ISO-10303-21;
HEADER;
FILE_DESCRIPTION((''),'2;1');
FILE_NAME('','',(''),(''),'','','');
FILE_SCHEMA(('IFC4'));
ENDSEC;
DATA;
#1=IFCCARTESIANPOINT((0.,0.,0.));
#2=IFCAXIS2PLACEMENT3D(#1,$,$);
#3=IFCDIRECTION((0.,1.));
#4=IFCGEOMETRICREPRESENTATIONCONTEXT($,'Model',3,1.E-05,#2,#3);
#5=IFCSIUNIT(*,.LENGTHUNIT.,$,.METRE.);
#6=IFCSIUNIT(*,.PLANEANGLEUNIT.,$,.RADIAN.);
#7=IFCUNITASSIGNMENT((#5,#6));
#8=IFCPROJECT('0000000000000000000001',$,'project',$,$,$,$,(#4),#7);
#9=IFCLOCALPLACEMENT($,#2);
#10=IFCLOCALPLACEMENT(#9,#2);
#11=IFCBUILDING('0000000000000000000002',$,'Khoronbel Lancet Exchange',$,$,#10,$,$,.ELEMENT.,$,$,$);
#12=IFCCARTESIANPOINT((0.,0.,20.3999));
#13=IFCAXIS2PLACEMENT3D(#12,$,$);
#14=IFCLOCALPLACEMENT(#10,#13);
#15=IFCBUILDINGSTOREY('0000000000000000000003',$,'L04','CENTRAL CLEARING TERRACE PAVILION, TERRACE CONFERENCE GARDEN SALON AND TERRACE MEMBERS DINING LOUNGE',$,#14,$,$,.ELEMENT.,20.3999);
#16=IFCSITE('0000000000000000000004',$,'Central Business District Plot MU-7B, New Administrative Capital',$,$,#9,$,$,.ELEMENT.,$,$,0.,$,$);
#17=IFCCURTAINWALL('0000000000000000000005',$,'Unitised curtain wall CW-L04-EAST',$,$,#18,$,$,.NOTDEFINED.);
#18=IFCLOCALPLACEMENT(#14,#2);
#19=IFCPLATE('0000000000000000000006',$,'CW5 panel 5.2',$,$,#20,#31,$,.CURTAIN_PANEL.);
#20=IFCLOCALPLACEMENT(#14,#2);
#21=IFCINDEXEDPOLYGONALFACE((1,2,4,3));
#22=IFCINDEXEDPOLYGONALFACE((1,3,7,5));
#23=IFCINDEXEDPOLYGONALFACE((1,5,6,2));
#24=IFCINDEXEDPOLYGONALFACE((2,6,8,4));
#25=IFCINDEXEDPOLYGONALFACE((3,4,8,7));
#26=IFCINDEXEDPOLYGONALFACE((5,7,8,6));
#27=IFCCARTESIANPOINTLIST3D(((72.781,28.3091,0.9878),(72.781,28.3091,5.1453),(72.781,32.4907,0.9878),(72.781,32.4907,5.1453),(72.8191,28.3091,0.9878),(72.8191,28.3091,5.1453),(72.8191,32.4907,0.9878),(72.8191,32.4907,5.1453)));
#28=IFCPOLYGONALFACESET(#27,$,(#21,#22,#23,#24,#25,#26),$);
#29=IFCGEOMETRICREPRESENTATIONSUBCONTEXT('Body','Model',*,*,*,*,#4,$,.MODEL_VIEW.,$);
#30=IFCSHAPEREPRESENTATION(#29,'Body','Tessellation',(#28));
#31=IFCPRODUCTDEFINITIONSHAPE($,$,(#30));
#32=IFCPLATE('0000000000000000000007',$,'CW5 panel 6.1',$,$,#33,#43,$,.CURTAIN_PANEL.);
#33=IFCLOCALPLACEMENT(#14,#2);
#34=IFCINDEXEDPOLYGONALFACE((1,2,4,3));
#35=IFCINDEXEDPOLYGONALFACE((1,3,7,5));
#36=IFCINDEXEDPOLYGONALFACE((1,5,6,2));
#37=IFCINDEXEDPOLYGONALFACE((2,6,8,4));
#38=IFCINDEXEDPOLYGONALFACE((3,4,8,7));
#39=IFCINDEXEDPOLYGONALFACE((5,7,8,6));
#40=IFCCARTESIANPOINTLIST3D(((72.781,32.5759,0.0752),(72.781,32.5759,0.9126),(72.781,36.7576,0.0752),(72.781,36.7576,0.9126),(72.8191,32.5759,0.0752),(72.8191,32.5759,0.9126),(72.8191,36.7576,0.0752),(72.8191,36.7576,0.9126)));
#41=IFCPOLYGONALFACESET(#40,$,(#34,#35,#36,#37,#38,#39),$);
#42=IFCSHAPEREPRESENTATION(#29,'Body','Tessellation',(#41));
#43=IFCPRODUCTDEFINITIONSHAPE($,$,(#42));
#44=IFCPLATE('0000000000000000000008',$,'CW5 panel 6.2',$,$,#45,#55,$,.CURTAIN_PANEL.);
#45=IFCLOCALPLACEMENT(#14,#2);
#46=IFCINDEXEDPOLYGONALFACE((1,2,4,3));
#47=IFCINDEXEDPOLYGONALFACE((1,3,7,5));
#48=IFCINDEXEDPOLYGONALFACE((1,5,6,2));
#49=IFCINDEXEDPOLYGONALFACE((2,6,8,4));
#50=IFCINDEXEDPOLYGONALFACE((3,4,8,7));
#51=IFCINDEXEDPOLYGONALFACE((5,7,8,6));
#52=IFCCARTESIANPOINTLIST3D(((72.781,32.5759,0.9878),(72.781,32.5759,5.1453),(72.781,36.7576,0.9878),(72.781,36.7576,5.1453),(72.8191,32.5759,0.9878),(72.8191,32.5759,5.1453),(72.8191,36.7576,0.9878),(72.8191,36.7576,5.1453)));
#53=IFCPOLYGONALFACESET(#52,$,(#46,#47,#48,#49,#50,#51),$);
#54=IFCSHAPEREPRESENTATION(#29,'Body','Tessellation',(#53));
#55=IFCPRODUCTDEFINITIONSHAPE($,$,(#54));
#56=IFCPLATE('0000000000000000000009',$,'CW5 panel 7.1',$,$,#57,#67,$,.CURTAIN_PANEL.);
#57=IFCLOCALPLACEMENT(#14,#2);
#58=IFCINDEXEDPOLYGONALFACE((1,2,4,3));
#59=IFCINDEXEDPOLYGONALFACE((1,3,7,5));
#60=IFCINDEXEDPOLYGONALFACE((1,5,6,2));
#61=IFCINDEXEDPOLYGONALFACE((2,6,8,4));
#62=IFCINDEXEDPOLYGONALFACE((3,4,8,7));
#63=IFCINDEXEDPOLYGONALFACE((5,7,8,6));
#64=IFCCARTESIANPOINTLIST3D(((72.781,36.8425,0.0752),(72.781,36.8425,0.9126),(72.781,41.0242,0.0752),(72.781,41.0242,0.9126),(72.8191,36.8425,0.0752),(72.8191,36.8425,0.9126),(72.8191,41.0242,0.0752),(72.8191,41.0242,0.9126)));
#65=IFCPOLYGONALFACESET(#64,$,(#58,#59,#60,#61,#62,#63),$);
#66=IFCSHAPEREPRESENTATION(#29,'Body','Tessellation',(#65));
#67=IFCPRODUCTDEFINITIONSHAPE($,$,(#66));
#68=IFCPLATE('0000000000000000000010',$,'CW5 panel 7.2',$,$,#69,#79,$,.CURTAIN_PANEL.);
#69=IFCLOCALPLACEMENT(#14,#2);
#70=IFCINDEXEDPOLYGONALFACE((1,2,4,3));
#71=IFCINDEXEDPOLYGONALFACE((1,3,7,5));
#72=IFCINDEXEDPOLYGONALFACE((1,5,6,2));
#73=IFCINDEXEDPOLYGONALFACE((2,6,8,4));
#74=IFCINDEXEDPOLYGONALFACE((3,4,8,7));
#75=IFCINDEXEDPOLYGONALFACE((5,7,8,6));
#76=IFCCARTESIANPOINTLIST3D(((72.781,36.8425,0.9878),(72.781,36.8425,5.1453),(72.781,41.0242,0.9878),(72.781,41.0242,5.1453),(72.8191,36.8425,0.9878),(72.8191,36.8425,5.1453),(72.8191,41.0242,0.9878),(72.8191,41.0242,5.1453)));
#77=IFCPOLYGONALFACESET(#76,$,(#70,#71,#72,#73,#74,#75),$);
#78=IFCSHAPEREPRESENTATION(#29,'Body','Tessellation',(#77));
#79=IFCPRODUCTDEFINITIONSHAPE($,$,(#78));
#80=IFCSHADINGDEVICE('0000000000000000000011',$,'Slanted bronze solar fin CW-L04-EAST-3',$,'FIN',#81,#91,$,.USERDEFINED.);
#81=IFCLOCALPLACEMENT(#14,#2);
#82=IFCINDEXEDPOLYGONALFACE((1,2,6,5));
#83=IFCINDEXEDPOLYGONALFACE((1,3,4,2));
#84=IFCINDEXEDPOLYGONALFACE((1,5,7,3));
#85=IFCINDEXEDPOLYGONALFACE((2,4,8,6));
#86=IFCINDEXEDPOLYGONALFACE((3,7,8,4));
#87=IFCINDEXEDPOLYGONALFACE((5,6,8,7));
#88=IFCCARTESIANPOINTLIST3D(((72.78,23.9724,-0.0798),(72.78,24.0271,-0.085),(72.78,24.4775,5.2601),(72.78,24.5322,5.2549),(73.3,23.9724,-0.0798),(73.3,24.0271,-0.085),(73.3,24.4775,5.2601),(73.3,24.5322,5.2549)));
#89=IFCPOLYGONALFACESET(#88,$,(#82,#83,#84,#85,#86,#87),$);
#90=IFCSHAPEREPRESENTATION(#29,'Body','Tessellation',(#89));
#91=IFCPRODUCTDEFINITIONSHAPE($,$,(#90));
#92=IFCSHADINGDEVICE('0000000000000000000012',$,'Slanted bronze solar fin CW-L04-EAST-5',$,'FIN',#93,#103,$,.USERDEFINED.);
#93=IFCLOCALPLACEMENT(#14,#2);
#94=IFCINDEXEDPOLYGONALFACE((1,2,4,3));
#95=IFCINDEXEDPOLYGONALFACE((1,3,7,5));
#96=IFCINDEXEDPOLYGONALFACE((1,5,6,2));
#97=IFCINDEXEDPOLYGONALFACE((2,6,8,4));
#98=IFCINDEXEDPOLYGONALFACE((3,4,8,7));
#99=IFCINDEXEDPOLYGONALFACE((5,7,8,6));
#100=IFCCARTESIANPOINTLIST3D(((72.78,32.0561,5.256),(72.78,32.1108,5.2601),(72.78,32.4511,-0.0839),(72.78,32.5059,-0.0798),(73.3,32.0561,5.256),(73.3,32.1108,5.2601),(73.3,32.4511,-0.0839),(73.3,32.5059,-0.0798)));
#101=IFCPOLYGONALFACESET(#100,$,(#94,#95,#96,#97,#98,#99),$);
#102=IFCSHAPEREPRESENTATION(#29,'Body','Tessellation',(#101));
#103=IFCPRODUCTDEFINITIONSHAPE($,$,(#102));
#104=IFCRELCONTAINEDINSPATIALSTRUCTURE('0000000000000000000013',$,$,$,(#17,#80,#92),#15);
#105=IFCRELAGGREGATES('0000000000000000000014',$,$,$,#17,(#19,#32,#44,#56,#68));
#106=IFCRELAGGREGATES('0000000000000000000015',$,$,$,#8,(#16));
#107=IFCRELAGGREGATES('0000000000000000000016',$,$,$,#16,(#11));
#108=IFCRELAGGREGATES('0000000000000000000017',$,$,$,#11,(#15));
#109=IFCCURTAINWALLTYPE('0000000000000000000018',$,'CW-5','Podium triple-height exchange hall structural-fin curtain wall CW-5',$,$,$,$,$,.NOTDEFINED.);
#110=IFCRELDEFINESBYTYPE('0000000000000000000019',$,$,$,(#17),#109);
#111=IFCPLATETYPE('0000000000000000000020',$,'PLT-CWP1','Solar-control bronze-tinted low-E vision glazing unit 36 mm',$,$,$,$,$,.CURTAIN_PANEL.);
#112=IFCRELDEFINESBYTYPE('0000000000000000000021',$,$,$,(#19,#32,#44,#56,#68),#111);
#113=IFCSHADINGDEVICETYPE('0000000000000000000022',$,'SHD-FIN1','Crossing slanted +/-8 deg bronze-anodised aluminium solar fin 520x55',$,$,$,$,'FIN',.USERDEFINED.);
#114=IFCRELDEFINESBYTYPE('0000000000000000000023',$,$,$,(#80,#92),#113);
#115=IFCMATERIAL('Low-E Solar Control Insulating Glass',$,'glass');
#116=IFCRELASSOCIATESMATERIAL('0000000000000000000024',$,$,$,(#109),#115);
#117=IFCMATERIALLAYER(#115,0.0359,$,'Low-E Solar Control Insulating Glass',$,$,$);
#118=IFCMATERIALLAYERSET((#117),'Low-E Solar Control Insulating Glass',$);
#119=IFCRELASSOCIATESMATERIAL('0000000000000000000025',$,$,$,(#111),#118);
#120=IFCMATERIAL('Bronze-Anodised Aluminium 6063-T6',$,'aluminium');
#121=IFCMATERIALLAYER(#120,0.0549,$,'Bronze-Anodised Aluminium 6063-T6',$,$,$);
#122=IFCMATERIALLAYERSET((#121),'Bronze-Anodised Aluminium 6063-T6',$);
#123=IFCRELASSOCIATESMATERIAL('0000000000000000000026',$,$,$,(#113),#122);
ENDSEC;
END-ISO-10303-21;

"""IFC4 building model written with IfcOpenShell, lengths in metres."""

from ifc_helpers import new_model, si_unit, direction, frame, origin, origin_2d, place, context, subcontext, project, spatial, polyline, rectangle, outline, extrude, material, layer, layer_set, type_object, element, aggregate, save


model = new_model("IFC4")

# Units and contexts
model_context = context("Model", 3, precision=1e-05, world=origin(), true_north=direction((0.0, 1.0)))
body_context = subcontext(model_context, "Body", "Model", "MODEL_VIEW")
ifc_project = project(units=[si_unit("LENGTHUNIT", "METRE"), si_unit("PLANEANGLEUNIT", "RADIAN")], contexts=[model_context])

# Site, building, storey
site_placement = place(None, origin())
site = spatial("IfcSite", under=ifc_project, at=site_placement, Name="Central Business District Plot MU-7B, New Administrative Capital", CompositionType="ELEMENT", RefElevation=0.0)
building_placement = place(site_placement, origin())
building = spatial("IfcBuilding", under=site, at=building_placement, Name="Khoronbel Lancet Exchange", CompositionType="ELEMENT")
storey_placement = place(building_placement, frame((0.0, 0.0, 20.3999)))
storey = spatial("IfcBuildingStorey", under=building, at=storey_placement, Name="L04", Description="CENTRAL CLEARING TERRACE PAVILION, TERRACE CONFERENCE GARDEN SALON AND TERRACE MEMBERS DINING LOUNGE", CompositionType="ELEMENT", Elevation=20.3999)

# Curtain wall, plates
ifc_material_1 = material(Name="Low-E Solar Control Insulating Glass", Category="glass")
curtain_wall_type = type_object("IfcCurtainWallType", Name="CW-5", Description="Podium triple-height exchange hall structural-fin curtain wall CW-5", PredefinedType="NOTDEFINED", material=ifc_material_1)
curtain_wall_placement = place(storey_placement, origin())
curtain_wall = element("IfcCurtainWall", 1, at=curtain_wall_placement, inside=storey, type_object=curtain_wall_type, Name="Unitised curtain wall CW-L04-EAST", PredefinedType="NOTDEFINED")
ifc_material_2 = material(Name="Bronze-Anodised Aluminium 6063-T6", Category="aluminium")
ifc_layer_1 = layer(ifc_material_1, 0.0359, Name="Low-E Solar Control Insulating Glass")
ifc_layer_set_1 = layer_set([ifc_layer_1], Name="Low-E Solar Control Insulating Glass")
plate_type_1 = type_object("IfcPlateType", Name="PLT-CWP1", Description="Solar-control bronze-tinted low-E vision glazing unit 36 mm", PredefinedType="CURTAIN_PANEL", material=ifc_layer_set_1)
plate_1_placement = place(storey_placement, frame((72.8, 30.3999, 0.9878), z_axis=(0.0, 0.0, 1.0), x_axis=(0.0, 1.0, 0.0)))
plate_1 = element("IfcPlate", 2, at=plate_1_placement, type_object=plate_type_1, Name="CW5 panel 5.2", PredefinedType="CURTAIN_PANEL", context=body_context, shape_type="SweptSolid", body=[
    extrude(rectangle(XDim=4.1816, YDim=0.0381, at=origin_2d()), origin(), (0.0, 0.0, 1.0), 4.1575),
])
plate_2_placement = place(storey_placement, frame((72.8, 34.6667, 0.0752), z_axis=(0.0, 0.0, 1.0), x_axis=(0.0, 1.0, 0.0)))
plate_2 = element("IfcPlate", 3, at=plate_2_placement, type_object=plate_type_1, Name="CW5 panel 6.1", PredefinedType="CURTAIN_PANEL", context=body_context, shape_type="SweptSolid", body=[
    extrude(rectangle(XDim=4.1816, YDim=0.0381, at=origin_2d()), origin(), (0.0, 0.0, 1.0), 0.8374),
])
plate_3_placement = place(storey_placement, frame((72.8, 34.6667, 0.9878), z_axis=(0.0, 0.0, 1.0), x_axis=(0.0, 1.0, 0.0)))
plate_3 = element("IfcPlate", 4, at=plate_3_placement, type_object=plate_type_1, Name="CW5 panel 6.2", PredefinedType="CURTAIN_PANEL", context=body_context, shape_type="SweptSolid", body=[
    extrude(rectangle(XDim=4.1816, YDim=0.0381, at=origin_2d()), origin(), (0.0, 0.0, 1.0), 4.1575),
])
plate_4_placement = place(storey_placement, frame((72.8, 38.9333, 0.0752), z_axis=(0.0, 0.0, 1.0), x_axis=(0.0, 1.0, 0.0)))
plate_4 = element("IfcPlate", 5, at=plate_4_placement, type_object=plate_type_1, Name="CW5 panel 7.1", PredefinedType="CURTAIN_PANEL", context=body_context, shape_type="SweptSolid", body=[
    extrude(rectangle(XDim=4.1816, YDim=0.0381, at=origin_2d()), origin(), (0.0, 0.0, 1.0), 0.8374),
])
plate_5_placement = place(storey_placement, frame((72.8, 38.9333, 0.9878), z_axis=(0.0, 0.0, 1.0), x_axis=(0.0, 1.0, 0.0)))
plate_5 = element("IfcPlate", 6, at=plate_5_placement, type_object=plate_type_1, Name="CW5 panel 7.2", PredefinedType="CURTAIN_PANEL", context=body_context, shape_type="SweptSolid", body=[
    extrude(rectangle(XDim=4.1816, YDim=0.0381, at=origin_2d()), origin(), (0.0, 0.0, 1.0), 4.1575),
])
aggregate(curtain_wall, [plate_1, plate_2, plate_3, plate_4, plate_5])

# Shading devices
ifc_layer_2 = layer(ifc_material_2, 0.0549, Name="Bronze-Anodised Aluminium 6063-T6")
ifc_layer_set_2 = layer_set([ifc_layer_2], Name="Bronze-Anodised Aluminium 6063-T6")
shading_device_type = type_object("IfcShadingDeviceType", Name="SHD-FIN1", Description="Crossing slanted +/-8 deg bronze-anodised aluminium solar fin 520x55", ElementType="FIN", PredefinedType="USERDEFINED", material=ifc_layer_set_2)
shading_device_1_placement = place(storey_placement, frame((72.78, 23.9724, -0.0798), z_axis=(0.0, -0.995556, 0.094175), x_axis=(1.0, 0.0, 0.0)))
element("IfcShadingDevice", 7, at=shading_device_1_placement, inside=storey, type_object=shading_device_type, Name="Slanted bronze solar fin CW-L04-EAST-3", ObjectType="FIN", PredefinedType="USERDEFINED", context=body_context, shape_type="SweptSolid", body=[
    extrude(outline(polyline([(0.0, 0.0), (0.52, 0.0), (0.52, 5.3638), (0.0, 5.3638), (0.0, 0.0)])), origin(), (0.0, 0.0, -1.0), 0.0549),
])
shading_device_2_placement = place(storey_placement, frame((72.78, 32.5059, -0.0798), z_axis=(0.0, 0.997275, 0.073774), x_axis=(1.0, 0.0, 0.0)))
element("IfcShadingDevice", 8, at=shading_device_2_placement, inside=storey, type_object=shading_device_type, Name="Slanted bronze solar fin CW-L04-EAST-5", ObjectType="FIN", PredefinedType="USERDEFINED", context=body_context, shape_type="SweptSolid", body=[
    extrude(outline(polyline([(0.0, 0.0), (0.52, 0.0), (0.52, -5.3545), (0.0, -5.3545), (0.0, 0.0)])), origin(), (0.0, 0.0, -1.0), 0.0549),
])

save(model, "model.ifc")
